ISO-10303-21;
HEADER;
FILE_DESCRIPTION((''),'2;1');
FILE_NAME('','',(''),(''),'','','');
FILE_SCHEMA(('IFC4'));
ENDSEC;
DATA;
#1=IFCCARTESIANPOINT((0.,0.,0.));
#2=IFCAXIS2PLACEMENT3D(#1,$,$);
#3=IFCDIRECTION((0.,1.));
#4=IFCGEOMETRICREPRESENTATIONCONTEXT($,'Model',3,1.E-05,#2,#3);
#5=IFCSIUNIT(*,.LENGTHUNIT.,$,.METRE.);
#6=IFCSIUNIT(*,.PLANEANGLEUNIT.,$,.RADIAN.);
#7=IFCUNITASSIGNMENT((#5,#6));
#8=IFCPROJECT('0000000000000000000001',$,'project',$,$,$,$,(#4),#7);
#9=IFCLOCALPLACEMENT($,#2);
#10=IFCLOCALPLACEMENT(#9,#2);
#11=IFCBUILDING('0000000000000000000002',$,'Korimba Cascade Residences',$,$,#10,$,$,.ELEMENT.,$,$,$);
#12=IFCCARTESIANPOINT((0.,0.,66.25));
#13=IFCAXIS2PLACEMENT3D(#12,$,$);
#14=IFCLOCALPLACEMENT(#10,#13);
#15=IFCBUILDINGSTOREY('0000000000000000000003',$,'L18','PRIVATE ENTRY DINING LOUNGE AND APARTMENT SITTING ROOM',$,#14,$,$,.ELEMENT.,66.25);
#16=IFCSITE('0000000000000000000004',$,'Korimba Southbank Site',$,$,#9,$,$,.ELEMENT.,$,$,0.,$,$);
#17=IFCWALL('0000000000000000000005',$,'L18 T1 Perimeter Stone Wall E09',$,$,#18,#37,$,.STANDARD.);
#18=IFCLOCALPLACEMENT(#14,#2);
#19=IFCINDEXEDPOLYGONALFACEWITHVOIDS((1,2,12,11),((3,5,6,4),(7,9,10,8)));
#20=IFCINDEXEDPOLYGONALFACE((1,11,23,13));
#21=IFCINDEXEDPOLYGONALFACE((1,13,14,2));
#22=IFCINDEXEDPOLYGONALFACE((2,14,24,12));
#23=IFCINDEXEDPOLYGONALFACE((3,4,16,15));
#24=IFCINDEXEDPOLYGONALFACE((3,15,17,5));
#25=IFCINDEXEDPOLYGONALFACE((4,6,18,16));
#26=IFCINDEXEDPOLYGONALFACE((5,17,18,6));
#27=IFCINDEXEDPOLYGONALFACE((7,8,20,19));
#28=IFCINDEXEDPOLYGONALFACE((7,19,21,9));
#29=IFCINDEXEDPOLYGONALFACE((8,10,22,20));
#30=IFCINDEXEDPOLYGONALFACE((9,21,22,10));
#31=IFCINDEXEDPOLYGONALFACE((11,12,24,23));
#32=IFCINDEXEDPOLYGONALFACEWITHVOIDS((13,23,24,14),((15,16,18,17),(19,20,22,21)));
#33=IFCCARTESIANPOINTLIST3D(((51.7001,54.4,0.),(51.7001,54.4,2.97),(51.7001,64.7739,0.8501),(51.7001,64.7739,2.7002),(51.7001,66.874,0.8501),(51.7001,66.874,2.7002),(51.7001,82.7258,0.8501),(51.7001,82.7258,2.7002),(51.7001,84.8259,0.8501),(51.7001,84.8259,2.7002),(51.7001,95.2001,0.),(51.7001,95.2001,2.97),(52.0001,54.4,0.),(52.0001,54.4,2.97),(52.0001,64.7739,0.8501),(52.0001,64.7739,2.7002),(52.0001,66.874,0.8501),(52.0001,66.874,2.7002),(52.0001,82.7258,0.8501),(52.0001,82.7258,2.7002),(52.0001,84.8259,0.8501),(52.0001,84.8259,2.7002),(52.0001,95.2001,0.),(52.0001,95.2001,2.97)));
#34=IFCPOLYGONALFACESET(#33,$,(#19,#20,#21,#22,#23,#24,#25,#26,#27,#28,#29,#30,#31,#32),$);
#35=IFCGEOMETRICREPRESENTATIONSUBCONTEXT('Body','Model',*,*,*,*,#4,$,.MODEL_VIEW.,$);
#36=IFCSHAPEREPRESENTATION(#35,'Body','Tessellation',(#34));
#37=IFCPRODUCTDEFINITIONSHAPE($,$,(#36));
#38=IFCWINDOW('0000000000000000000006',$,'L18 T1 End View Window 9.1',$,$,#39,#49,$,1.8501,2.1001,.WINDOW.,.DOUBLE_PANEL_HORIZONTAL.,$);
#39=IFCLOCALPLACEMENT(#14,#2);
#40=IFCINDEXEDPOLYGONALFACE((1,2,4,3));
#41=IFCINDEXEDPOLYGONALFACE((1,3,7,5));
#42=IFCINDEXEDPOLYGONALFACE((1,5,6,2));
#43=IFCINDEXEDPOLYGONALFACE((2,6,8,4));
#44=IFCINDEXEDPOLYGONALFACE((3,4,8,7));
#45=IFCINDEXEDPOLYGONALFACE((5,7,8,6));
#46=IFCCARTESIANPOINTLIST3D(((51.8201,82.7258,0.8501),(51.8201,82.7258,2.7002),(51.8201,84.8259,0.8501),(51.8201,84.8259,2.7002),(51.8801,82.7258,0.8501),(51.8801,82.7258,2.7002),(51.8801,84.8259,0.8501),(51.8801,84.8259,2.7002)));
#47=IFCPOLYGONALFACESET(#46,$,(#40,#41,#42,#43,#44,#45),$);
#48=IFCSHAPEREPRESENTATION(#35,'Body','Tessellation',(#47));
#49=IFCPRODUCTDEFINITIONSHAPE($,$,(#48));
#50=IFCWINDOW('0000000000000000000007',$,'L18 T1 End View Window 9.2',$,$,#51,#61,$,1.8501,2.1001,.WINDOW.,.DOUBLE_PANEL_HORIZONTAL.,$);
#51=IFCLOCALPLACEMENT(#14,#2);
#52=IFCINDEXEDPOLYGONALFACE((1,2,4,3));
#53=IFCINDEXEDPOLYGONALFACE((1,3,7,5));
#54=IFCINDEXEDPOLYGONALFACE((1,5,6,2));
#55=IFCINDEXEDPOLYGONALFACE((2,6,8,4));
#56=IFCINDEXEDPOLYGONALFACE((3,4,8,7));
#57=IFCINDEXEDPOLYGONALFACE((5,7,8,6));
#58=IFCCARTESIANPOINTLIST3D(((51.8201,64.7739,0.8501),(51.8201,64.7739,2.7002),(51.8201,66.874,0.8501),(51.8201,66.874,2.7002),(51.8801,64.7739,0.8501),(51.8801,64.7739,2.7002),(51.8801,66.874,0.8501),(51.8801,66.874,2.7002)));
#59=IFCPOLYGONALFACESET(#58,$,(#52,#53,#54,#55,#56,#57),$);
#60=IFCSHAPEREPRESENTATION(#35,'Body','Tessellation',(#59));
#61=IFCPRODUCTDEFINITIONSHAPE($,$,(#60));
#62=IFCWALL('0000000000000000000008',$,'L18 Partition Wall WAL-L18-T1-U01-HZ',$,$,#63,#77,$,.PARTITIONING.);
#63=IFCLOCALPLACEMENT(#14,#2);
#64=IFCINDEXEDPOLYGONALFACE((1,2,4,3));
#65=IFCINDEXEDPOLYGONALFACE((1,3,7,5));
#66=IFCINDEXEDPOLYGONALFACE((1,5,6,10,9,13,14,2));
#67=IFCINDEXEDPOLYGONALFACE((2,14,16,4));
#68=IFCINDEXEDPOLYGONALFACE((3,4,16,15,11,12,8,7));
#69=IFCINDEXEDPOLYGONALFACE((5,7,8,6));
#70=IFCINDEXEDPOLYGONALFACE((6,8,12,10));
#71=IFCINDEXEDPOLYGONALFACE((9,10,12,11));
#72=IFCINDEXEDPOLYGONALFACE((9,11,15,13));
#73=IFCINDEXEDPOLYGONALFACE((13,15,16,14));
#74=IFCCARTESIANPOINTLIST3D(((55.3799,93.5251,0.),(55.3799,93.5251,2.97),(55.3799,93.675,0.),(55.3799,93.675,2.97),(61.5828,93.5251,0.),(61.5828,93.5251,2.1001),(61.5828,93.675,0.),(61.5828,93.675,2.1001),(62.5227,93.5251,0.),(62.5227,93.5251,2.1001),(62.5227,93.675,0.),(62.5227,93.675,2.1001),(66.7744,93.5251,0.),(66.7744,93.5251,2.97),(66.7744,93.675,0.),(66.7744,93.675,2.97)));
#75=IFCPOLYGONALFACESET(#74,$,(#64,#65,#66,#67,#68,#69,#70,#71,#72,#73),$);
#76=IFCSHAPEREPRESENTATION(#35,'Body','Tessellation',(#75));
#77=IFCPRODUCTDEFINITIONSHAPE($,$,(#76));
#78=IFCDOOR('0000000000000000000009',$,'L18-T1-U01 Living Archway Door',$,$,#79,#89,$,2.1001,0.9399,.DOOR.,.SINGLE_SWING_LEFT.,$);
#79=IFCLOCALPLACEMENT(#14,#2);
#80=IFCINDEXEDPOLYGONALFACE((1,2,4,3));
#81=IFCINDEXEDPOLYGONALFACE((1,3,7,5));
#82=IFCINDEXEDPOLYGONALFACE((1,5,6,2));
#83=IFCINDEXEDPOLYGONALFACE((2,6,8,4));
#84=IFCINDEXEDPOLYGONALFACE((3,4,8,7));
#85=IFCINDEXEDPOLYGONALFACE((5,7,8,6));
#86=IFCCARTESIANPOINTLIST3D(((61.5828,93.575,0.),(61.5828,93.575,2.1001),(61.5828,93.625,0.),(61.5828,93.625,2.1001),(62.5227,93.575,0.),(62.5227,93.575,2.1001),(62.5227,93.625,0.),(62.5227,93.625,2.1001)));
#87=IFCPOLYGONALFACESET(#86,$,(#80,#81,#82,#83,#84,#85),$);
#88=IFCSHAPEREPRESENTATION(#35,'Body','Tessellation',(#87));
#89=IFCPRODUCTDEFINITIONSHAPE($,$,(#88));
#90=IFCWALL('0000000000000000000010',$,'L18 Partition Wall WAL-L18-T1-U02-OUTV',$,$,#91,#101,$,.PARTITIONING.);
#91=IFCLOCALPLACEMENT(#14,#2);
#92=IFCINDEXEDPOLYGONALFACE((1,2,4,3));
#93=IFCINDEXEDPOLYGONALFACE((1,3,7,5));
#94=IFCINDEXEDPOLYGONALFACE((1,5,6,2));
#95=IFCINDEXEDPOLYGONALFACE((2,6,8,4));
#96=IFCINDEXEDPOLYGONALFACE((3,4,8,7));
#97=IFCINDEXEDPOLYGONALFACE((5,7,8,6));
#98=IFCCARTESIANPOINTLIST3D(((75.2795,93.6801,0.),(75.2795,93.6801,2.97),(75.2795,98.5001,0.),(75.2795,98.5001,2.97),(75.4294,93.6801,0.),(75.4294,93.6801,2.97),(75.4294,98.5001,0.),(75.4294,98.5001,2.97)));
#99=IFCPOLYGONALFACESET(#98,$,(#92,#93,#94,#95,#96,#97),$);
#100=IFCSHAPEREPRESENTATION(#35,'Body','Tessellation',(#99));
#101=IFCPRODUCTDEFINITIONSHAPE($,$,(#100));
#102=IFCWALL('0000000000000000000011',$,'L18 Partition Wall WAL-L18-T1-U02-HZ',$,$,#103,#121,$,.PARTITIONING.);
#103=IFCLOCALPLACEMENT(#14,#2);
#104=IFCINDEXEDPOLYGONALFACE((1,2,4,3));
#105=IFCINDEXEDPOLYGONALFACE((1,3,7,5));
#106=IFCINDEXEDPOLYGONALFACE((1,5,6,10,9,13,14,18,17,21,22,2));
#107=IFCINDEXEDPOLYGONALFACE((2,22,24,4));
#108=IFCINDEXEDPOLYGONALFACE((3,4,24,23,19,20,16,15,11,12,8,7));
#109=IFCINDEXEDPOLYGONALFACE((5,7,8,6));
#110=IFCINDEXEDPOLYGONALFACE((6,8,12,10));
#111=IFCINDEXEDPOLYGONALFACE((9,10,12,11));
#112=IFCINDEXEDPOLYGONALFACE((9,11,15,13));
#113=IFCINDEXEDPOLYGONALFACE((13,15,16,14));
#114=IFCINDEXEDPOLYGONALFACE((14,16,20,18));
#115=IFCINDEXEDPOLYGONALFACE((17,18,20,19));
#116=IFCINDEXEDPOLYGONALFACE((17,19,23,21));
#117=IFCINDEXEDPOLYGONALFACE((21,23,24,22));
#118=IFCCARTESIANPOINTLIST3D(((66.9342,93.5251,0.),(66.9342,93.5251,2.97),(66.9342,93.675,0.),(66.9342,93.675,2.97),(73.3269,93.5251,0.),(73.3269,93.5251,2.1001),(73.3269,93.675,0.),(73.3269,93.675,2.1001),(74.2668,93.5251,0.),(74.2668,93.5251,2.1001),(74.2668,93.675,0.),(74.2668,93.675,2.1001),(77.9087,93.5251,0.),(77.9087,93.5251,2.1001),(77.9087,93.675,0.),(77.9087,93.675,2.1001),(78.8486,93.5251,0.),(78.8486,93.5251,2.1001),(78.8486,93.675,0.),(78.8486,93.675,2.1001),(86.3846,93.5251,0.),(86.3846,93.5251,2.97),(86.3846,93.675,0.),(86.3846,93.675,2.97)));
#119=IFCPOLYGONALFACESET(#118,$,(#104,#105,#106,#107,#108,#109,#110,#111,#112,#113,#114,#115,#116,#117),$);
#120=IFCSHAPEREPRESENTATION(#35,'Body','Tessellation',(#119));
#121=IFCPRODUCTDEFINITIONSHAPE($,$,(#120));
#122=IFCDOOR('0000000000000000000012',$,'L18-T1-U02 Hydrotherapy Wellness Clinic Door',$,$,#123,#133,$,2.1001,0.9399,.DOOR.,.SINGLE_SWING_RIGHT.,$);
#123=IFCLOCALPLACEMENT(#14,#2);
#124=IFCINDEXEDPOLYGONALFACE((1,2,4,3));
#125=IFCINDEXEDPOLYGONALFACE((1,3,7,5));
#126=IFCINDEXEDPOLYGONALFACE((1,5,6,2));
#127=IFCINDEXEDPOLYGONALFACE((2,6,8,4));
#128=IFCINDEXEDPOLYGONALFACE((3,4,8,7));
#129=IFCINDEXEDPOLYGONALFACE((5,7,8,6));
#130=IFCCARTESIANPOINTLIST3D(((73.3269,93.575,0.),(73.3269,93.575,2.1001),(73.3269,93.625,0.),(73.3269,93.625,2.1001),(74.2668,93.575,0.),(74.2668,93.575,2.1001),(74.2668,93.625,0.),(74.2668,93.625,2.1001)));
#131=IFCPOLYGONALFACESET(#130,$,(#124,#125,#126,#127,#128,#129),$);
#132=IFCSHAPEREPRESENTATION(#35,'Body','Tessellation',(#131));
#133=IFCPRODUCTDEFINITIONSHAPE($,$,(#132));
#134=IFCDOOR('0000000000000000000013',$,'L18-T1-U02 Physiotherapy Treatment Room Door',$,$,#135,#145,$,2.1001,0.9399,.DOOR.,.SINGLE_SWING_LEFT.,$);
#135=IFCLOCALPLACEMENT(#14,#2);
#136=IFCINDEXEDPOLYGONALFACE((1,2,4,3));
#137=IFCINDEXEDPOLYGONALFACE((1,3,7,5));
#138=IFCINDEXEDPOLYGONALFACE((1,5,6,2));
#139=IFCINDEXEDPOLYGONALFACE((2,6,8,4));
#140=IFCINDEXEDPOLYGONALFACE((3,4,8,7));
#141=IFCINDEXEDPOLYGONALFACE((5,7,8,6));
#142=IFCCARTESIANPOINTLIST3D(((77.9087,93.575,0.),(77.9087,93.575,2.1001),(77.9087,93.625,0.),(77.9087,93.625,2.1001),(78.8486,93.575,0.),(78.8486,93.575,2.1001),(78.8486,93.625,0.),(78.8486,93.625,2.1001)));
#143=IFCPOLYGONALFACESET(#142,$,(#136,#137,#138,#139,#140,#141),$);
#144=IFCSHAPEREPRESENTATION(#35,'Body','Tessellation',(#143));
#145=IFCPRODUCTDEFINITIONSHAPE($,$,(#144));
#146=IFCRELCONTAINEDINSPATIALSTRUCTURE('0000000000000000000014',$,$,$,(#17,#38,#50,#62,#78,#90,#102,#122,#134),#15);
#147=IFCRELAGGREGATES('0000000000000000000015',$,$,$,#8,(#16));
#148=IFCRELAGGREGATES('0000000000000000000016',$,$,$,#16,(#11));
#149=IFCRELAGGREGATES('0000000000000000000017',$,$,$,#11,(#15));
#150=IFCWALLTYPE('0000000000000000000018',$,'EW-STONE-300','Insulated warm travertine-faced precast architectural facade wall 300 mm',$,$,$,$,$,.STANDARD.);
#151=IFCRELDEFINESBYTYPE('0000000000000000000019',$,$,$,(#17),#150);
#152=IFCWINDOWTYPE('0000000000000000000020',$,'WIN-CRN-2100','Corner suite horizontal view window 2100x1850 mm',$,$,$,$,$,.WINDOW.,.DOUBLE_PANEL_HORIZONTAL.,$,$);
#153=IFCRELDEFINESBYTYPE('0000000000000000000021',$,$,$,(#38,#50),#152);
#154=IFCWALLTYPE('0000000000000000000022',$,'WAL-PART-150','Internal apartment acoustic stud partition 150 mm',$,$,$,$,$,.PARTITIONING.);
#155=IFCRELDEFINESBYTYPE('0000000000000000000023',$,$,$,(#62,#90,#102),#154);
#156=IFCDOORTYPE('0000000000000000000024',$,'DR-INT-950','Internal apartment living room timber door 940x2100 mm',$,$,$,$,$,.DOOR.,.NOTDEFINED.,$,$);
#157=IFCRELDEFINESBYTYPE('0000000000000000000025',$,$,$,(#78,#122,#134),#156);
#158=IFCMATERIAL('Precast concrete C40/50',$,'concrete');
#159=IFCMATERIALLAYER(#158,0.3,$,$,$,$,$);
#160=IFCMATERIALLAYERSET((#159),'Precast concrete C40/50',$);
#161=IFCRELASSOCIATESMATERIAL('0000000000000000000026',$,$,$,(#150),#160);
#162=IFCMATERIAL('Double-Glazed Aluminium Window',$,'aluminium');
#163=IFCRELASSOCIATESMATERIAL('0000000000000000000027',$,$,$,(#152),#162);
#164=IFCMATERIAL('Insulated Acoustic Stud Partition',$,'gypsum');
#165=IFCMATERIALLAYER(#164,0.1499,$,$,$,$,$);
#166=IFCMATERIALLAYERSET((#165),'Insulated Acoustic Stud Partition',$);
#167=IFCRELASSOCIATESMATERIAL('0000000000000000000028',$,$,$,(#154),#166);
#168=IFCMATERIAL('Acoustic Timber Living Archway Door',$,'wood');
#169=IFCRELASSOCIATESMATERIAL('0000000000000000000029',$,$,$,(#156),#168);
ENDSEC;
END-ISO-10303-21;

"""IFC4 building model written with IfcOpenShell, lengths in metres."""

from ifc_helpers import new_model, si_unit, direction, frame, frame_2d, origin, place, context, subcontext, project, spatial, rectangle, extrude, material, layer, layer_set, type_object, element, fill, save


model = new_model("IFC4")

# Units and contexts
model_context = context("Model", 3, precision=1e-05, world=origin(), true_north=direction((0.0, 1.0)))
body_context = subcontext(model_context, "Body", "Model", "MODEL_VIEW")
ifc_project = project(units=[si_unit("LENGTHUNIT", "METRE"), si_unit("PLANEANGLEUNIT", "RADIAN")], contexts=[model_context])

# Site, building, storey
site_placement = place(None, origin())
site = spatial("IfcSite", under=ifc_project, at=site_placement, Name="Korimba Southbank Site", CompositionType="ELEMENT", RefElevation=0.0)
building_placement = place(site_placement, origin())
building = spatial("IfcBuilding", under=site, at=building_placement, Name="Korimba Cascade Residences", CompositionType="ELEMENT")
storey_placement = place(building_placement, frame((0.0, 0.0, 66.25)))
storey = spatial("IfcBuildingStorey", under=building, at=storey_placement, Name="L18", Description="PRIVATE ENTRY DINING LOUNGE AND APARTMENT SITTING ROOM", CompositionType="ELEMENT", Elevation=66.25)

# Shared definitions
ifc_material_1 = material(Name="Precast concrete C40/50", Category="concrete")
ifc_layer_1 = layer(ifc_material_1, 0.3)
ifc_layer_set_1 = layer_set([ifc_layer_1], Name="Precast concrete C40/50")
wall_type_1 = type_object("IfcWallType", Name="EW-STONE-300", Description="Insulated warm travertine-faced precast architectural facade wall 300 mm", PredefinedType="STANDARD", material=ifc_layer_set_1)

# Wall, openings, windows
wall_1_placement = place(storey_placement, frame((51.8501, 95.2, 0.0), z_axis=(0.0, 0.0, 1.0), x_axis=(0.0, -1.0, 0.0)))
wall_1 = element("IfcWall", 1, at=wall_1_placement, inside=storey, type_object=wall_type_1, Name="L18 T1 Perimeter Stone Wall E09", PredefinedType="STANDARD", context=body_context, shape_type="SweptSolid", body=[
    extrude(rectangle(XDim=40.8, YDim=0.3, at=frame_2d((20.3999, 0.0))), origin(), (0.0, 0.0, 1.0), 2.97),
])
opening_1_placement = place(wall_1_placement, frame((10.374, 0.0, 0.8501)))
opening_1 = element("IfcOpeningElement", 2, at=opening_1_placement, cuts=wall_1, PredefinedType="OPENING", context=body_context, shape_type="SweptSolid", body=[
    extrude(rectangle(XDim=2.1001, YDim=1.8501, at=frame_2d((1.05, 0.925))), frame((0.0, 0.1602, 0.0), z_axis=(0.0, -1.0, 0.0), x_axis=(1.0, 0.0, 0.0)), (0.0, 0.0, 1.0), 0.3201),
])
opening_2_placement = place(wall_1_placement, frame((28.3259, 0.0, 0.8501)))
opening_2 = element("IfcOpeningElement", 3, at=opening_2_placement, cuts=wall_1, PredefinedType="OPENING", context=body_context, shape_type="SweptSolid", body=[
    extrude(rectangle(XDim=2.1001, YDim=1.8501, at=frame_2d((1.05, 0.925))), frame((0.0, 0.1602, 0.0), z_axis=(0.0, -1.0, 0.0), x_axis=(1.0, 0.0, 0.0)), (0.0, 0.0, 1.0), 0.3201),
])
ifc_material_2 = material(Name="Double-Glazed Aluminium Window", Category="aluminium")
window_type = type_object("IfcWindowType", Name="WIN-CRN-2100", Description="Corner suite horizontal view window 2100x1850 mm", PartitioningType="DOUBLE_PANEL_HORIZONTAL", PredefinedType="WINDOW", material=ifc_material_2)
window_1_placement = place(opening_1_placement, origin())
window_1 = element("IfcWindow", 4, at=window_1_placement, inside=storey, type_object=window_type, Name="L18 T1 End View Window 9.1", OverallHeight=1.8501, OverallWidth=2.1001, PartitioningType="DOUBLE_PANEL_HORIZONTAL", PredefinedType="WINDOW", context=body_context, shape_type="SweptSolid", body=[
    extrude(rectangle(XDim=2.1001, YDim=1.8501, at=frame_2d((1.05, 0.925))), frame((0.0, 0.03, 0.0), z_axis=(0.0, -1.0, 0.0), x_axis=(1.0, 0.0, 0.0)), (0.0, 0.0, 1.0), 0.0601),
])
fill(opening_1, window_1)
window_2_placement = place(opening_2_placement, origin())
window_2 = element("IfcWindow", 5, at=window_2_placement, inside=storey, type_object=window_type, Name="L18 T1 End View Window 9.2", OverallHeight=1.8501, OverallWidth=2.1001, PartitioningType="DOUBLE_PANEL_HORIZONTAL", PredefinedType="WINDOW", context=body_context, shape_type="SweptSolid", body=[
    extrude(rectangle(XDim=2.1001, YDim=1.8501, at=frame_2d((1.05, 0.925))), frame((0.0, 0.03, 0.0), z_axis=(0.0, -1.0, 0.0), x_axis=(1.0, 0.0, 0.0)), (0.0, 0.0, 1.0), 0.0601),
])
fill(opening_2, window_2)

# Wall, opening, door
ifc_material_3 = material(Name="Insulated Acoustic Stud Partition", Category="gypsum")
ifc_layer_2 = layer(ifc_material_3, 0.1499)
ifc_layer_set_2 = layer_set([ifc_layer_2], Name="Insulated Acoustic Stud Partition")
wall_type_2 = type_object("IfcWallType", Name="WAL-PART-150", Description="Internal apartment acoustic stud partition 150 mm", PredefinedType="PARTITIONING", material=ifc_layer_set_2)
wall_2_placement = place(storey_placement, frame((55.3799, 93.6001, 0.0), z_axis=(0.0, 0.0, 1.0), x_axis=(1.0, 0.0, 0.0)))
wall_2 = element("IfcWall", 6, at=wall_2_placement, inside=storey, type_object=wall_type_2, Name="L18 Partition Wall WAL-L18-T1-U01-HZ", PredefinedType="PARTITIONING", context=body_context, shape_type="SweptSolid", body=[
    extrude(rectangle(XDim=11.3945, YDim=0.1499, at=frame_2d((5.6973, 0.0))), origin(), (0.0, 0.0, 1.0), 2.97),
])
opening_3_placement = place(wall_2_placement, frame((6.2029, 0.0, 0.0)))
opening_3 = element("IfcOpeningElement", 7, at=opening_3_placement, cuts=wall_2, PredefinedType="OPENING", context=body_context, shape_type="SweptSolid", body=[
    extrude(rectangle(XDim=0.9399, YDim=2.1001, at=frame_2d((0.47, 1.05))), frame((0.0, 0.085, 0.0), z_axis=(0.0, -1.0, 0.0), x_axis=(1.0, 0.0, 0.0)), (0.0, 0.0, 1.0), 0.1699),
])
ifc_material_4 = material(Name="Acoustic Timber Living Archway Door", Category="wood")
door_type = type_object("IfcDoorType", Name="DR-INT-950", Description="Internal apartment living room timber door 940x2100 mm", OperationType="NOTDEFINED", PredefinedType="DOOR", material=ifc_material_4)
door_1_placement = place(opening_3_placement, origin())
door_1 = element("IfcDoor", 8, at=door_1_placement, inside=storey, type_object=door_type, Name="L18-T1-U01 Living Archway Door", OperationType="SINGLE_SWING_LEFT", OverallHeight=2.1001, OverallWidth=0.9399, PredefinedType="DOOR", context=body_context, shape_type="SweptSolid", body=[
    extrude(rectangle(XDim=0.9399, YDim=2.1001, at=frame_2d((0.47, 1.05))), frame((0.0, 0.0249, 0.0), z_axis=(0.0, -1.0, 0.0), x_axis=(1.0, 0.0, 0.0)), (0.0, 0.0, 1.0), 0.05),
])
fill(opening_3, door_1)

# Wall
wall_3_placement = place(storey_placement, frame((75.3545, 93.6799, 0.0), z_axis=(0.0, 0.0, 1.0), x_axis=(0.0, 1.0, 0.0)))
element("IfcWall", 9, at=wall_3_placement, inside=storey, type_object=wall_type_2, Name="L18 Partition Wall WAL-L18-T1-U02-OUTV", PredefinedType="PARTITIONING", context=body_context, shape_type="SweptSolid", body=[
    extrude(rectangle(XDim=4.8201, YDim=0.1499, at=frame_2d((2.4102, 0.0))), origin(), (0.0, 0.0, 1.0), 2.97),
])

# Wall, openings, doors
wall_4_placement = place(storey_placement, frame((66.9343, 93.6001, 0.0), z_axis=(0.0, 0.0, 1.0), x_axis=(1.0, 0.0, 0.0)))
wall_4 = element("IfcWall", 10, at=wall_4_placement, inside=storey, type_object=wall_type_2, Name="L18 Partition Wall WAL-L18-T1-U02-HZ", PredefinedType="PARTITIONING", context=body_context, shape_type="SweptSolid", body=[
    extrude(rectangle(XDim=19.4504, YDim=0.1499, at=frame_2d((9.7251, 0.0))), origin(), (0.0, 0.0, 1.0), 2.97),
])
opening_4_placement = place(wall_4_placement, frame((6.3926, 0.0, 0.0)))
opening_4 = element("IfcOpeningElement", 11, at=opening_4_placement, cuts=wall_4, PredefinedType="OPENING", context=body_context, shape_type="SweptSolid", body=[
    extrude(rectangle(XDim=0.9399, YDim=2.1001, at=frame_2d((0.47, 1.05))), frame((0.0, 0.085, 0.0), z_axis=(0.0, -1.0, 0.0), x_axis=(1.0, 0.0, 0.0)), (0.0, 0.0, 1.0), 0.1699),
])
opening_5_placement = place(wall_4_placement, frame((10.9744, 0.0, 0.0)))
opening_5 = element("IfcOpeningElement", 12, at=opening_5_placement, cuts=wall_4, PredefinedType="OPENING", context=body_context, shape_type="SweptSolid", body=[
    extrude(rectangle(XDim=0.9399, YDim=2.1001, at=frame_2d((0.47, 1.05))), frame((0.0, 0.085, 0.0), z_axis=(0.0, -1.0, 0.0), x_axis=(1.0, 0.0, 0.0)), (0.0, 0.0, 1.0), 0.1699),
])
door_2_placement = place(opening_4_placement, origin())
door_2 = element("IfcDoor", 13, at=door_2_placement, inside=storey, type_object=door_type, Name="L18-T1-U02 Hydrotherapy Wellness Clinic Door", OperationType="SINGLE_SWING_RIGHT", OverallHeight=2.1001, OverallWidth=0.9399, PredefinedType="DOOR", context=body_context, shape_type="SweptSolid", body=[
    extrude(rectangle(XDim=0.9399, YDim=2.1001, at=frame_2d((0.47, 1.05))), frame((0.0, 0.0249, 0.0), z_axis=(0.0, -1.0, 0.0), x_axis=(1.0, 0.0, 0.0)), (0.0, 0.0, 1.0), 0.05),
])
fill(opening_4, door_2)
door_3_placement = place(opening_5_placement, origin())
door_3 = element("IfcDoor", 14, at=door_3_placement, inside=storey, type_object=door_type, Name="L18-T1-U02 Physiotherapy Treatment Room Door", OperationType="SINGLE_SWING_LEFT", OverallHeight=2.1001, OverallWidth=0.9399, PredefinedType="DOOR", context=body_context, shape_type="SweptSolid", body=[
    extrude(rectangle(XDim=0.9399, YDim=2.1001, at=frame_2d((0.47, 1.05))), frame((0.0, 0.0249, 0.0), z_axis=(0.0, -1.0, 0.0), x_axis=(1.0, 0.0, 0.0)), (0.0, 0.0, 1.0), 0.05),
])
fill(opening_5, door_3)

save(model, "model.ifc")
